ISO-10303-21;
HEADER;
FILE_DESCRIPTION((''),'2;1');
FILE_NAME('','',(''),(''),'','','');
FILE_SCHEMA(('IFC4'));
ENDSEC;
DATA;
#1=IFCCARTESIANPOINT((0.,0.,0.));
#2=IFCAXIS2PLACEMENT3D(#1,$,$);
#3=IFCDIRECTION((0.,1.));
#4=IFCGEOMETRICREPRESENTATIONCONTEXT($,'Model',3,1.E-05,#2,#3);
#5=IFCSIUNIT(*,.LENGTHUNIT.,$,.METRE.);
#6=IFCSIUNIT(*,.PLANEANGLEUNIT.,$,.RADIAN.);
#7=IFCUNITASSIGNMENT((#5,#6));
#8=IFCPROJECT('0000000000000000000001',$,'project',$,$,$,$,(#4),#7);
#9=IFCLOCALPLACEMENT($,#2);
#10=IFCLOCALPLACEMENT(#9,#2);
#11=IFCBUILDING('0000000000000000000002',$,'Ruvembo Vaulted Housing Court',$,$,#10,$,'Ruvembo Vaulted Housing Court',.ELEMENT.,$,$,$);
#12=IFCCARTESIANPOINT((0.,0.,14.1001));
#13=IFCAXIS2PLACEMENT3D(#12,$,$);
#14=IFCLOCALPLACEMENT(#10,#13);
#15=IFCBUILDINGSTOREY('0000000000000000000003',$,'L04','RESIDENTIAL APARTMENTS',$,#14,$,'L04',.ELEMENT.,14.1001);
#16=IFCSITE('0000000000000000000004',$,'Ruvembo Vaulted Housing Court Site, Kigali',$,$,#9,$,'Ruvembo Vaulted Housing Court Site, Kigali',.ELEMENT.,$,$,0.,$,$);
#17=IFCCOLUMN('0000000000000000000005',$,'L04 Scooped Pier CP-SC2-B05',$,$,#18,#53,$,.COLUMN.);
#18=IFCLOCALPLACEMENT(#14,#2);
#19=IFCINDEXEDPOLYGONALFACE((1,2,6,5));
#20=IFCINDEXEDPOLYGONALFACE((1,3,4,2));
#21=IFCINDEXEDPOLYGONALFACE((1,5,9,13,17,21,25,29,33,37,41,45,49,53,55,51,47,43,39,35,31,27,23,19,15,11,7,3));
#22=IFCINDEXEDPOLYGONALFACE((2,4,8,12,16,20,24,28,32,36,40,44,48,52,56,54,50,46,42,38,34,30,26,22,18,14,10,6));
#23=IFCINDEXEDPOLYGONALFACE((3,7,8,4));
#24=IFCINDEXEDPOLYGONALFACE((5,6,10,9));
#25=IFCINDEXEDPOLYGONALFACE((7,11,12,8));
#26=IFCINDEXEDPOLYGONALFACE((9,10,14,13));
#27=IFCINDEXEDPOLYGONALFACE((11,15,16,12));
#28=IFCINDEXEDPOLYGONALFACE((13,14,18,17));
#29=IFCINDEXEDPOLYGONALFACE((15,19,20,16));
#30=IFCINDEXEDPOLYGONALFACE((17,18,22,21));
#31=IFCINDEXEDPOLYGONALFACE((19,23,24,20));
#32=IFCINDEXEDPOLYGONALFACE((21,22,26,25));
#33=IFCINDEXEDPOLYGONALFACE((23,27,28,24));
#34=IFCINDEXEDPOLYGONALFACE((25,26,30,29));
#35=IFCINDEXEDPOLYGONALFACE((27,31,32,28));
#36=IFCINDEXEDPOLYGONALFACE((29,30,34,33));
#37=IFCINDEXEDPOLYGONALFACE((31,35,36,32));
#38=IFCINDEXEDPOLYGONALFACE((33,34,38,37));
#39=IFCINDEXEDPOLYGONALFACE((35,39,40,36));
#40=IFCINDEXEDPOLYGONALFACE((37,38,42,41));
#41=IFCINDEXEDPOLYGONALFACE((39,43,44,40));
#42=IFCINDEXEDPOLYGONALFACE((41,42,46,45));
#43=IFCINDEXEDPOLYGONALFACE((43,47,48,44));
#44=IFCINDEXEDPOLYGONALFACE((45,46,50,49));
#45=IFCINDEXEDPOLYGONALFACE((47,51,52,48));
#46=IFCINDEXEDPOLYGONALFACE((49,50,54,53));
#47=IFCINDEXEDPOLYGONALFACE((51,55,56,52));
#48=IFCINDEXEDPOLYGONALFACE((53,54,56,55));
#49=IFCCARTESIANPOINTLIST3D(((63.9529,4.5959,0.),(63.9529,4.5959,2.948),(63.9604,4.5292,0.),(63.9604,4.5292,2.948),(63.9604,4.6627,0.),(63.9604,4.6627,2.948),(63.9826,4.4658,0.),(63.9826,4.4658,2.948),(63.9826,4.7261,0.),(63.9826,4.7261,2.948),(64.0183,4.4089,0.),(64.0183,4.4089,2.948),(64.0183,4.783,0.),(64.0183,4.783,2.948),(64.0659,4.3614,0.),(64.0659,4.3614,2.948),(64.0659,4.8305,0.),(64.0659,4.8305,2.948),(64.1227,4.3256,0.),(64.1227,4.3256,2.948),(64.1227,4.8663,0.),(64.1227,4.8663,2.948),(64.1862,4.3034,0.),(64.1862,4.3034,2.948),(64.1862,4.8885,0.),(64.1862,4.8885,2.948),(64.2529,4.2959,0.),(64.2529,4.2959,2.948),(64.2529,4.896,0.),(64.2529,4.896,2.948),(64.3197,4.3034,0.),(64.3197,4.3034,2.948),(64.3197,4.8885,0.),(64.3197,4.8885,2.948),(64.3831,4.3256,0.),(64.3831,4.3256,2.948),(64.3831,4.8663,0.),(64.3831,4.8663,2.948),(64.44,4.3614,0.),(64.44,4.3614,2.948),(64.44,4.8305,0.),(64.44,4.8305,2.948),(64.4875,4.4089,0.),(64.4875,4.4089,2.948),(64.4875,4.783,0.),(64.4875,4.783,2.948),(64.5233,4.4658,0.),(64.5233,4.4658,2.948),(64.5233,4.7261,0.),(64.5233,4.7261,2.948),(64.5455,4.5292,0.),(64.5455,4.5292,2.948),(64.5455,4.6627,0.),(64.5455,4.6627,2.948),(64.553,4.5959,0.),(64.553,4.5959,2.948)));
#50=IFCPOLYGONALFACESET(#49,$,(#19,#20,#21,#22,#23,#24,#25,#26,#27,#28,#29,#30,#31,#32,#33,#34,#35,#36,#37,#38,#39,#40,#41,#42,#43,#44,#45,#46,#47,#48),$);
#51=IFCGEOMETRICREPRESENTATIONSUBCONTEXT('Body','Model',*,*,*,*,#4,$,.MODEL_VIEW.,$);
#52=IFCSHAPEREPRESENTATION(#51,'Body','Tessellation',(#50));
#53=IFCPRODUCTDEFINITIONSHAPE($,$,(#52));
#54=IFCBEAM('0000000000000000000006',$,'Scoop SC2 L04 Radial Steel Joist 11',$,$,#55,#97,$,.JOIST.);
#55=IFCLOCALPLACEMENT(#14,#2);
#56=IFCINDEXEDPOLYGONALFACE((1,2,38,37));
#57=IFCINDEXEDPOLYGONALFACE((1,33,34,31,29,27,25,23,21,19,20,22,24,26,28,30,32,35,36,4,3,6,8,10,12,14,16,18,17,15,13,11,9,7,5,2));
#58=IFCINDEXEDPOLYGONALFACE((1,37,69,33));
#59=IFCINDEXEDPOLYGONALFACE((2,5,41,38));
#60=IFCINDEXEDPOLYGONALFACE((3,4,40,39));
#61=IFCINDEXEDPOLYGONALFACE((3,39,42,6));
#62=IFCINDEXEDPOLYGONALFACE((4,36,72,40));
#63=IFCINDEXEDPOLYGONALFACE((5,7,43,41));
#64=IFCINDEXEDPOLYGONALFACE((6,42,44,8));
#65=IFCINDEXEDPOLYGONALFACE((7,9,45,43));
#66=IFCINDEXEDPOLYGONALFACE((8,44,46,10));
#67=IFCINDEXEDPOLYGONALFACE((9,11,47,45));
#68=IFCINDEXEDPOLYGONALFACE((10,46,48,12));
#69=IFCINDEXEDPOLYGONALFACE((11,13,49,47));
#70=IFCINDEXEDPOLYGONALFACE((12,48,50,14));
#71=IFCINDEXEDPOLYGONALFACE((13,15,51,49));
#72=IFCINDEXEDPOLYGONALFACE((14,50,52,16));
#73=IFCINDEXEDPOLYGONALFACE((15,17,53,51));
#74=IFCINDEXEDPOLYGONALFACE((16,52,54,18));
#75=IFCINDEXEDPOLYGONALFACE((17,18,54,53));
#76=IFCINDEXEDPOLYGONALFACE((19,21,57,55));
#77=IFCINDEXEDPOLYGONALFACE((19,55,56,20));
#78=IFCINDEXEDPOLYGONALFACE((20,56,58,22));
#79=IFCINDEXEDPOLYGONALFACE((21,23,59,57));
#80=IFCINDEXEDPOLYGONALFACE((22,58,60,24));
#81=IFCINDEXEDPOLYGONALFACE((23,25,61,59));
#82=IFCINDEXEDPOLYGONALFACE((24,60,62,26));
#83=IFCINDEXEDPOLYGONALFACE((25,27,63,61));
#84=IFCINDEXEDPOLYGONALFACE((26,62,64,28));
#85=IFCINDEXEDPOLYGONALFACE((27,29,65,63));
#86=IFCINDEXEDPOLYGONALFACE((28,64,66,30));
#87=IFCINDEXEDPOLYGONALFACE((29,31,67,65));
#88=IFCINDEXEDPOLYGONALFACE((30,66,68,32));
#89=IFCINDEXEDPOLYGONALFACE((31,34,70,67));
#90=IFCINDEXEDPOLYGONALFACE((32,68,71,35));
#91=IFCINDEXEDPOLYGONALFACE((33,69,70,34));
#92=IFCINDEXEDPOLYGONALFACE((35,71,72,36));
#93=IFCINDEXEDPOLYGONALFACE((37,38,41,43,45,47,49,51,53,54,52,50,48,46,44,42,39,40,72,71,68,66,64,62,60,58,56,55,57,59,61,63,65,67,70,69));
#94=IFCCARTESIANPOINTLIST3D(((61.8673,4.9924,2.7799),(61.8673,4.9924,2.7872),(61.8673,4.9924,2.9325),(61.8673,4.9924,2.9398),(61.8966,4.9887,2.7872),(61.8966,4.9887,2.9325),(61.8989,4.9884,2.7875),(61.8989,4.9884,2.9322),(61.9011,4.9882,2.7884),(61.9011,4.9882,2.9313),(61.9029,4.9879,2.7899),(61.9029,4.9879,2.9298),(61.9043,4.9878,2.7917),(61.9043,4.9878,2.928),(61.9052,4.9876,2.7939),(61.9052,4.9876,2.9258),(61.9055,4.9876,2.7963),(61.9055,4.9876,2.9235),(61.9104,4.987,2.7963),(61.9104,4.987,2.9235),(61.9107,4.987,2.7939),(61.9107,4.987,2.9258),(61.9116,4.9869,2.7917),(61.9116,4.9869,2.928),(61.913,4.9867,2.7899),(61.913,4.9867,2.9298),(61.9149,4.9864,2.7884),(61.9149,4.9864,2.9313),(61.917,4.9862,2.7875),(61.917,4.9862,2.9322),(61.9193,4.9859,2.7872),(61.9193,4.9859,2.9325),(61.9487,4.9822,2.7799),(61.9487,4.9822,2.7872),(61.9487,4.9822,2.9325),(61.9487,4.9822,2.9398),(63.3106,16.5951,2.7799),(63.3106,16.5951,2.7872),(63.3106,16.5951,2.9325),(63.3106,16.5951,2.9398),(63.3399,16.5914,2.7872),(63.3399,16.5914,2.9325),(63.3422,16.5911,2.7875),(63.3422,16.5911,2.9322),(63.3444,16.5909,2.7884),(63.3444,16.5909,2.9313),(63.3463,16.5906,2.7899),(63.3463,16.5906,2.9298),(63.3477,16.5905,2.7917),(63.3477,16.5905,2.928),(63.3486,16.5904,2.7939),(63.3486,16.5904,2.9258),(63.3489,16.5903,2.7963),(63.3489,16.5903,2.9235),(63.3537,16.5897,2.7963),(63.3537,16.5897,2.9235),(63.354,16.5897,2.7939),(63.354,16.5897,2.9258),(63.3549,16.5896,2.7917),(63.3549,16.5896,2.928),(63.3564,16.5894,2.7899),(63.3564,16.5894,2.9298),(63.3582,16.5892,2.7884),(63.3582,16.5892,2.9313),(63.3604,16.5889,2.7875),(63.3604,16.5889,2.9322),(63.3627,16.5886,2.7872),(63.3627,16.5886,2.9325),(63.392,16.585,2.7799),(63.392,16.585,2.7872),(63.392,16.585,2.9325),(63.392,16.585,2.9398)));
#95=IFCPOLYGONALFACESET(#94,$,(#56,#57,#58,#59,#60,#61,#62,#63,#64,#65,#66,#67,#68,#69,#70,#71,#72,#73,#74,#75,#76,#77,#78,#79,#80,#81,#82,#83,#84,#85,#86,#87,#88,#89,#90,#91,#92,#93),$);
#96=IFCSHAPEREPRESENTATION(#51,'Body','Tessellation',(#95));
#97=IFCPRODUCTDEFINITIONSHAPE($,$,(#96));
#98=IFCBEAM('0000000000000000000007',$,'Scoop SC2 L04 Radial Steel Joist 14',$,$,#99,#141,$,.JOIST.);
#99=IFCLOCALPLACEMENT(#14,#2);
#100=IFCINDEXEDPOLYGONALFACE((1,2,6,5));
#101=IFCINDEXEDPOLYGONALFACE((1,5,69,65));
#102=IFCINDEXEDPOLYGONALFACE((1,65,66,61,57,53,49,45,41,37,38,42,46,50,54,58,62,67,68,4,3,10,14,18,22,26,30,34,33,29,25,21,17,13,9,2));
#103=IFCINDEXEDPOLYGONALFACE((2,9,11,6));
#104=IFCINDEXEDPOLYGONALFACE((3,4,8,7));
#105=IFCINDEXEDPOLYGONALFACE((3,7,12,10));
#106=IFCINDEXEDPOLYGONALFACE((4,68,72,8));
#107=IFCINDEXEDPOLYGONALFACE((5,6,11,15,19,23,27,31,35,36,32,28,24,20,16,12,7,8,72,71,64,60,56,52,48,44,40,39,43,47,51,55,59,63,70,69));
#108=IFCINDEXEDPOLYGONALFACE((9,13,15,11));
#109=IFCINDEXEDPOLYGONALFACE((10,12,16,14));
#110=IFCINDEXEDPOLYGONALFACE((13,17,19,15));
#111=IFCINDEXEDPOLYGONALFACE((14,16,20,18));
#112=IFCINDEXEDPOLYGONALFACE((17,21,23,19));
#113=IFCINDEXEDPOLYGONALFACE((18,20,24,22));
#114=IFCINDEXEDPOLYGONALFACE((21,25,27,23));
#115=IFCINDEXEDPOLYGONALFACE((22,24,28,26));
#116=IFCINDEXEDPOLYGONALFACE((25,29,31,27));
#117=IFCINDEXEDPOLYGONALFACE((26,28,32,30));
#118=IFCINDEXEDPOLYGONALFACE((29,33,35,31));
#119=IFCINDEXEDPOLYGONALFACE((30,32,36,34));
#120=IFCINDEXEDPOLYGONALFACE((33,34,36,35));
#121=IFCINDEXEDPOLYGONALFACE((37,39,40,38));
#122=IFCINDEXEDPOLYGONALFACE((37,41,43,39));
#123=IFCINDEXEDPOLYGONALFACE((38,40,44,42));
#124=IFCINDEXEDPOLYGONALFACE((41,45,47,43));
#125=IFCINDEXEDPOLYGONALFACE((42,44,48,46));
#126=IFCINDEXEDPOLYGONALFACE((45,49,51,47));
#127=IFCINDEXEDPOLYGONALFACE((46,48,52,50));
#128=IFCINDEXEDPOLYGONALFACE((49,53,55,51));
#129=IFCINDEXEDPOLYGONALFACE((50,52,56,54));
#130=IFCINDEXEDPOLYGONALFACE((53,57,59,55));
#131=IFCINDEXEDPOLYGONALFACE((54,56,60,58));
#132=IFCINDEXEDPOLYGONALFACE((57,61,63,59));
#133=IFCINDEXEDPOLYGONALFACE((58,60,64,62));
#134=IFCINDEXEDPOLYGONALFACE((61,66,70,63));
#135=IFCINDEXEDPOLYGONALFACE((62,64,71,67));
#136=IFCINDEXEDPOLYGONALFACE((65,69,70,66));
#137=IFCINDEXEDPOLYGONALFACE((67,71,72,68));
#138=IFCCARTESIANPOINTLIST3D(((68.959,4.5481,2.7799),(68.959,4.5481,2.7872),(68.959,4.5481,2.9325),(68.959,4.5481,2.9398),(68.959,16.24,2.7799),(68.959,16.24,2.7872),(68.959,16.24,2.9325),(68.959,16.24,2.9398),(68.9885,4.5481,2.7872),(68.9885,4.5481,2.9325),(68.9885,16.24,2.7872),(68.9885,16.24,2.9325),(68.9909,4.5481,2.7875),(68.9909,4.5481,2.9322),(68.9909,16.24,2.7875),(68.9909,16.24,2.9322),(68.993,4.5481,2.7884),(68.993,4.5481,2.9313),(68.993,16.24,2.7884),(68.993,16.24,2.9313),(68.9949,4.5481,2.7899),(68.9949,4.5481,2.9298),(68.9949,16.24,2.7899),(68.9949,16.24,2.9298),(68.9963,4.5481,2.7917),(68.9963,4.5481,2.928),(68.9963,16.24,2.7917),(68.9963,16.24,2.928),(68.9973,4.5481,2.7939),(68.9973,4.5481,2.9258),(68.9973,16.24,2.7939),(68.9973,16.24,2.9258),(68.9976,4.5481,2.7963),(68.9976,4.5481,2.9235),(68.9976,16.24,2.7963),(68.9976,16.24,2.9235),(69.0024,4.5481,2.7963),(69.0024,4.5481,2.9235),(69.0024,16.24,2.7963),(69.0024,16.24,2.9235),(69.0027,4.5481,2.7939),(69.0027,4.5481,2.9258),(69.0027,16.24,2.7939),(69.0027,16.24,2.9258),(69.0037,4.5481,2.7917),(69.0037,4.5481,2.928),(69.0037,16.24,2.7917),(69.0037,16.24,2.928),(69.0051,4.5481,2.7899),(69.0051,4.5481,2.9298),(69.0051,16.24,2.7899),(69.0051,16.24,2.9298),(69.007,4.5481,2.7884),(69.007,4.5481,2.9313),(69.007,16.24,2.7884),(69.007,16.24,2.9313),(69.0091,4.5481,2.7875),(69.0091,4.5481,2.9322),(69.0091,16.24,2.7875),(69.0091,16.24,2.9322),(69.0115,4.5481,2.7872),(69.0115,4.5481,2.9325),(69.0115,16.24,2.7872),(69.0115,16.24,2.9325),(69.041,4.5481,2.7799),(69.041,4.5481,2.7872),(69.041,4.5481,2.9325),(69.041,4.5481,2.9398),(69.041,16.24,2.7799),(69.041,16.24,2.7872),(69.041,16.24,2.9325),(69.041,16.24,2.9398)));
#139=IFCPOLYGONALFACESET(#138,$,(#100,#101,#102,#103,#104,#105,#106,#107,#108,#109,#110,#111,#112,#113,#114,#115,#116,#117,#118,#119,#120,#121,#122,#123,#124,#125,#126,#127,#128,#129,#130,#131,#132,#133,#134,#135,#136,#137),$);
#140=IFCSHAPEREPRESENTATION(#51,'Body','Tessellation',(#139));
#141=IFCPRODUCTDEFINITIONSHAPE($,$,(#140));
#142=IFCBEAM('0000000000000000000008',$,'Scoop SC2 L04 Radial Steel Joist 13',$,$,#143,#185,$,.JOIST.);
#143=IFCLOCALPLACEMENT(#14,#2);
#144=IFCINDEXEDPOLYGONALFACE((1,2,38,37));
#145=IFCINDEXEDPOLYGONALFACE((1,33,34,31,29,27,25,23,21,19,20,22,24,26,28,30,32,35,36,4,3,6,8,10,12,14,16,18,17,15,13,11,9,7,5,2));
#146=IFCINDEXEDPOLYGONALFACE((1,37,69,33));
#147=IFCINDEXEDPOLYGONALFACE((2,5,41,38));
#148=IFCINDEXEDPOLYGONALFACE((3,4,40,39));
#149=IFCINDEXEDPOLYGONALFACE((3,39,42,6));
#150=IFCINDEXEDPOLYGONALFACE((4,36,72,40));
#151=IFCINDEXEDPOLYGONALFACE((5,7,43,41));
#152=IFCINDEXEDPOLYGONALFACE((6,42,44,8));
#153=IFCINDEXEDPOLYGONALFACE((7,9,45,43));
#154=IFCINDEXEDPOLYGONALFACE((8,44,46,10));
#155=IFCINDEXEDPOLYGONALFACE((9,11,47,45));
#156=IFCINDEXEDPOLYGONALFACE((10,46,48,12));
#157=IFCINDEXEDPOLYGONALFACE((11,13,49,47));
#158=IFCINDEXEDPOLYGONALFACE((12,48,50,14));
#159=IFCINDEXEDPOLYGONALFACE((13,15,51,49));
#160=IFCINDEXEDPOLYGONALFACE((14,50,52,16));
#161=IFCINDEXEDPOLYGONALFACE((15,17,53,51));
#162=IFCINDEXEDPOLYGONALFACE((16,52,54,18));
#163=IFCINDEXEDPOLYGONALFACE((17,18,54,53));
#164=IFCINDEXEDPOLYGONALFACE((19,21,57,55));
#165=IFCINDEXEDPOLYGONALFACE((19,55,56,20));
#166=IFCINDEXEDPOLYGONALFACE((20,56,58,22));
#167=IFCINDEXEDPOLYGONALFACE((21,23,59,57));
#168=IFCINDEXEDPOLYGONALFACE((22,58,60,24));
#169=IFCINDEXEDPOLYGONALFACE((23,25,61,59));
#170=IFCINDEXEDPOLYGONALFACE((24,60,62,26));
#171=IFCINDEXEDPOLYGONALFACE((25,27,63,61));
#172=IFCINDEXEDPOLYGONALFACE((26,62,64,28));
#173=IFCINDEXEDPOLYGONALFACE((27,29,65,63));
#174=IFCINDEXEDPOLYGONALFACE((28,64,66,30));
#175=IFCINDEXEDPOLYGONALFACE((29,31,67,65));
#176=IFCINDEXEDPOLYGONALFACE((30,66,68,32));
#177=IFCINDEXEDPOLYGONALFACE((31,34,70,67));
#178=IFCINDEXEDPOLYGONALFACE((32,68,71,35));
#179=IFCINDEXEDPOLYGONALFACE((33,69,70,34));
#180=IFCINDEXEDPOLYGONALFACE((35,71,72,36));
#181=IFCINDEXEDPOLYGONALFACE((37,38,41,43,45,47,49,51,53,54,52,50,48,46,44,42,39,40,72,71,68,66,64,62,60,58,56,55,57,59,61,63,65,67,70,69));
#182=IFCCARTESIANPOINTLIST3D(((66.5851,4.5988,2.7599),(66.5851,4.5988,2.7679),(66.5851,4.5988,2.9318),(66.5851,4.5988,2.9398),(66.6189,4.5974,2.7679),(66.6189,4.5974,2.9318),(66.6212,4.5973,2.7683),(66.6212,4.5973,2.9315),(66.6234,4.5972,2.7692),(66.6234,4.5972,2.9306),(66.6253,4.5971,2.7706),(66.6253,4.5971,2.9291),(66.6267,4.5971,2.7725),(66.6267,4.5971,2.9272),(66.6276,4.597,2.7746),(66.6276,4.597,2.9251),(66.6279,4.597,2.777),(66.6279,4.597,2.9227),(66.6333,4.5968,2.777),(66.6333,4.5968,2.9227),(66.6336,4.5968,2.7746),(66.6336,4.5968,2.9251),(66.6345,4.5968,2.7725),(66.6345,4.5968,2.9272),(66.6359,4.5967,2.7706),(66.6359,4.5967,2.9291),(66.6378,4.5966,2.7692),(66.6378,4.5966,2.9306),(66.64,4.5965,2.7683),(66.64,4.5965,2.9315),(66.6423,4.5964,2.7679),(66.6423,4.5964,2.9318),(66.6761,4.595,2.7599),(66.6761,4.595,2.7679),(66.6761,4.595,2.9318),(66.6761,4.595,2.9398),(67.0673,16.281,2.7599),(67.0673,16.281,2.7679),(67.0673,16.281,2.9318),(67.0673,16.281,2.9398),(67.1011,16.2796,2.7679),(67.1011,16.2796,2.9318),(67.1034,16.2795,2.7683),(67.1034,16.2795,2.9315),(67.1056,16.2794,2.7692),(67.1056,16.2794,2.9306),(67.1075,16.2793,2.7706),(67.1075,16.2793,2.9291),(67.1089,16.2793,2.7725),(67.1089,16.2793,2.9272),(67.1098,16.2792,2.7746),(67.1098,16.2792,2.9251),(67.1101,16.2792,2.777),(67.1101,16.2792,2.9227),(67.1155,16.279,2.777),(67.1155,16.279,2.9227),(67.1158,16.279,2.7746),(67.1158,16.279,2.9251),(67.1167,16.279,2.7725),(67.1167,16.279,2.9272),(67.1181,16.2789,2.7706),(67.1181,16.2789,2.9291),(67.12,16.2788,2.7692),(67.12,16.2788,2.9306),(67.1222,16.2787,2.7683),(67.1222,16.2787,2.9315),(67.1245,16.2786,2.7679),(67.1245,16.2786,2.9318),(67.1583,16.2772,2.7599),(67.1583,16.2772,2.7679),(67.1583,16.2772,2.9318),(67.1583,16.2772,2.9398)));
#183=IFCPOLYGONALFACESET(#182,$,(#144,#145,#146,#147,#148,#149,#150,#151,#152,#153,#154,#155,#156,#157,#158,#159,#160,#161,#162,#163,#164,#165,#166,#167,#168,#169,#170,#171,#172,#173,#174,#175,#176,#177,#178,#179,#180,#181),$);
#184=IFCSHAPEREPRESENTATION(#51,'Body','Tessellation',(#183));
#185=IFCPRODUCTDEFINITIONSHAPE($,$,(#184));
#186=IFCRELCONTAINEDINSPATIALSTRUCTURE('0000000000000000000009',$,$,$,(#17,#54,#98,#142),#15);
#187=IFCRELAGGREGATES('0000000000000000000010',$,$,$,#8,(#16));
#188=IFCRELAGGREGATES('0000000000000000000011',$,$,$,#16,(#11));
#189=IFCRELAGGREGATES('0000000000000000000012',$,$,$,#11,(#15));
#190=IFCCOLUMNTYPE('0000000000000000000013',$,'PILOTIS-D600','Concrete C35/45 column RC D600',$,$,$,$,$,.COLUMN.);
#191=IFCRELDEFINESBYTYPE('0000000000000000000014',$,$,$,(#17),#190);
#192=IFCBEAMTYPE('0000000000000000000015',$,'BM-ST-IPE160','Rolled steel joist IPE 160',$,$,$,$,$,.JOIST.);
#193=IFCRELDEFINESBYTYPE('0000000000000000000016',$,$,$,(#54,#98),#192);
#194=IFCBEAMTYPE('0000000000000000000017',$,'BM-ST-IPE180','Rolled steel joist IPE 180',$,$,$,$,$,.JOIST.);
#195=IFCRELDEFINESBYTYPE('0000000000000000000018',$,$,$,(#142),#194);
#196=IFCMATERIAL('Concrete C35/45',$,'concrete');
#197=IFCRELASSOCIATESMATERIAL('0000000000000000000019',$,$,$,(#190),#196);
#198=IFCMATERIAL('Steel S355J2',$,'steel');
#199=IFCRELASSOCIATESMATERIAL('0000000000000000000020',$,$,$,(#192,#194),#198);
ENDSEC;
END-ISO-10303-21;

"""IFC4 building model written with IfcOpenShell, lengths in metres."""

from ifc_helpers import new_model, si_unit, direction, frame, origin, origin_2d, place, context, subcontext, project, spatial, circle, i_section, extrude, material, material_profile, profile_set, type_object, element, save


model = new_model("IFC4")

# Units and contexts
model_context = context("Model", 3, precision=1e-05, world=origin(), true_north=direction((0.0, 1.0)))
body_context = subcontext(model_context, "Body", "Model", "MODEL_VIEW")
ifc_project = project(units=[si_unit("LENGTHUNIT", "METRE"), si_unit("PLANEANGLEUNIT", "RADIAN")], contexts=[model_context])

# Site, building, storey
site_placement = place(None, origin())
site = spatial("IfcSite", under=ifc_project, at=site_placement, Name="Ruvembo Vaulted Housing Court Site, Kigali", LongName="Ruvembo Vaulted Housing Court Site, Kigali", CompositionType="ELEMENT", RefElevation=0.0)
building_placement = place(site_placement, origin())
building = spatial("IfcBuilding", under=site, at=building_placement, Name="Ruvembo Vaulted Housing Court", LongName="Ruvembo Vaulted Housing Court", CompositionType="ELEMENT")
storey_placement = place(building_placement, frame((0.0, 0.0, 14.1001)))
storey = spatial("IfcBuildingStorey", under=building, at=storey_placement, Name="L04", Description="RESIDENTIAL APARTMENTS", LongName="L04", CompositionType="ELEMENT", Elevation=14.1001)

# Column
ifc_material_1 = material(Name="Concrete C35/45", Category="concrete")
ifc_material_profile_1 = material_profile(ifc_material_1, circle(Radius=0.3, at=origin_2d()), Name="RC D600")
ifc_profile_set_1 = profile_set([ifc_material_profile_1], Name="Concrete C35/45")
column_type = type_object("IfcColumnType", Name="PILOTIS-D600", Description="Concrete C35/45 column RC D600", PredefinedType="COLUMN", material=ifc_profile_set_1)
column_placement = place(storey_placement, frame((64.2529, 4.5959, 0.0), z_axis=(0.0, 0.0, 1.0), x_axis=(1.0, 0.0, 0.0)))
element("IfcColumn", 1, at=column_placement, inside=storey, type_object=column_type, Name="L04 Scooped Pier CP-SC2-B05", PredefinedType="COLUMN", context=body_context, shape_type="SweptSolid", body=[
    extrude(circle(Radius=0.3, at=origin_2d()), origin(), (0.0, 0.0, 1.0), 2.948),
])

# Beams
ifc_material_2 = material(Name="Steel S355J2", Category="steel")
ifc_material_profile_2 = material_profile(ifc_material_2, i_section(OverallWidth=0.082, OverallDepth=0.1599, WebThickness=0.0049, FlangeThickness=0.0073, FilletRadius=0.009, at=origin_2d()), Name="IPE 160")
ifc_profile_set_2 = profile_set([ifc_material_profile_2], Name="Steel S355J2")
beam_type_1 = type_object("IfcBeamType", Name="BM-ST-IPE160", Description="Rolled steel joist IPE 160", PredefinedType="JOIST", material=ifc_profile_set_2)
beam_1_placement = place(storey_placement, frame((61.908, 4.9873, 2.8599), z_axis=(0.123446, 0.992351, 0.0), x_axis=(-0.992351, 0.123446, 0.0)))
element("IfcBeam", 2, at=beam_1_placement, inside=storey, type_object=beam_type_1, Name="Scoop SC2 L04 Radial Steel Joist 11", PredefinedType="JOIST", context=body_context, shape_type="SweptSolid", body=[
    extrude(i_section(OverallWidth=0.082, OverallDepth=0.1599, WebThickness=0.0049, FlangeThickness=0.0073, FilletRadius=0.009, at=origin_2d()), origin(), (0.0, 0.0, 1.0), 11.6921),
])
beam_2_placement = place(storey_placement, frame((69.0, 4.5481, 2.8599), z_axis=(0.0, 1.0, 0.0), x_axis=(-1.0, 0.0, 0.0)))
element("IfcBeam", 3, at=beam_2_placement, inside=storey, type_object=beam_type_1, Name="Scoop SC2 L04 Radial Steel Joist 14", PredefinedType="JOIST", context=body_context, shape_type="SweptSolid", body=[
    extrude(i_section(OverallWidth=0.082, OverallDepth=0.1599, WebThickness=0.0049, FlangeThickness=0.0073, FilletRadius=0.009, at=origin_2d()), origin(), (0.0, 0.0, 1.0), 11.6919),
])
ifc_material_profile_3 = material_profile(ifc_material_2, i_section(OverallWidth=0.0911, OverallDepth=0.1799, WebThickness=0.0054, FlangeThickness=0.0081, FilletRadius=0.009, at=origin_2d()), Name="IPE 180")
ifc_profile_set_3 = profile_set([ifc_material_profile_3], Name="Steel S355J2")
beam_type_2 = type_object("IfcBeamType", Name="BM-ST-IPE180", Description="Rolled steel joist IPE 180", PredefinedType="JOIST", material=ifc_profile_set_3)
beam_3_placement = place(storey_placement, frame((66.6306, 4.5969, 2.8499), z_axis=(0.04124, 0.999149, 0.0), x_axis=(-0.999149, 0.04124, 0.0)))
element("IfcBeam", 4, at=beam_3_placement, inside=storey, type_object=beam_type_2, Name="Scoop SC2 L04 Radial Steel Joist 13", PredefinedType="JOIST", context=body_context, shape_type="SweptSolid", body=[
    extrude(i_section(OverallWidth=0.0911, OverallDepth=0.1799, WebThickness=0.0054, FlangeThickness=0.0081, FilletRadius=0.009, at=origin_2d()), origin(), (0.0, 0.0, 1.0), 11.6921),
])

save(model, "model.ifc")
